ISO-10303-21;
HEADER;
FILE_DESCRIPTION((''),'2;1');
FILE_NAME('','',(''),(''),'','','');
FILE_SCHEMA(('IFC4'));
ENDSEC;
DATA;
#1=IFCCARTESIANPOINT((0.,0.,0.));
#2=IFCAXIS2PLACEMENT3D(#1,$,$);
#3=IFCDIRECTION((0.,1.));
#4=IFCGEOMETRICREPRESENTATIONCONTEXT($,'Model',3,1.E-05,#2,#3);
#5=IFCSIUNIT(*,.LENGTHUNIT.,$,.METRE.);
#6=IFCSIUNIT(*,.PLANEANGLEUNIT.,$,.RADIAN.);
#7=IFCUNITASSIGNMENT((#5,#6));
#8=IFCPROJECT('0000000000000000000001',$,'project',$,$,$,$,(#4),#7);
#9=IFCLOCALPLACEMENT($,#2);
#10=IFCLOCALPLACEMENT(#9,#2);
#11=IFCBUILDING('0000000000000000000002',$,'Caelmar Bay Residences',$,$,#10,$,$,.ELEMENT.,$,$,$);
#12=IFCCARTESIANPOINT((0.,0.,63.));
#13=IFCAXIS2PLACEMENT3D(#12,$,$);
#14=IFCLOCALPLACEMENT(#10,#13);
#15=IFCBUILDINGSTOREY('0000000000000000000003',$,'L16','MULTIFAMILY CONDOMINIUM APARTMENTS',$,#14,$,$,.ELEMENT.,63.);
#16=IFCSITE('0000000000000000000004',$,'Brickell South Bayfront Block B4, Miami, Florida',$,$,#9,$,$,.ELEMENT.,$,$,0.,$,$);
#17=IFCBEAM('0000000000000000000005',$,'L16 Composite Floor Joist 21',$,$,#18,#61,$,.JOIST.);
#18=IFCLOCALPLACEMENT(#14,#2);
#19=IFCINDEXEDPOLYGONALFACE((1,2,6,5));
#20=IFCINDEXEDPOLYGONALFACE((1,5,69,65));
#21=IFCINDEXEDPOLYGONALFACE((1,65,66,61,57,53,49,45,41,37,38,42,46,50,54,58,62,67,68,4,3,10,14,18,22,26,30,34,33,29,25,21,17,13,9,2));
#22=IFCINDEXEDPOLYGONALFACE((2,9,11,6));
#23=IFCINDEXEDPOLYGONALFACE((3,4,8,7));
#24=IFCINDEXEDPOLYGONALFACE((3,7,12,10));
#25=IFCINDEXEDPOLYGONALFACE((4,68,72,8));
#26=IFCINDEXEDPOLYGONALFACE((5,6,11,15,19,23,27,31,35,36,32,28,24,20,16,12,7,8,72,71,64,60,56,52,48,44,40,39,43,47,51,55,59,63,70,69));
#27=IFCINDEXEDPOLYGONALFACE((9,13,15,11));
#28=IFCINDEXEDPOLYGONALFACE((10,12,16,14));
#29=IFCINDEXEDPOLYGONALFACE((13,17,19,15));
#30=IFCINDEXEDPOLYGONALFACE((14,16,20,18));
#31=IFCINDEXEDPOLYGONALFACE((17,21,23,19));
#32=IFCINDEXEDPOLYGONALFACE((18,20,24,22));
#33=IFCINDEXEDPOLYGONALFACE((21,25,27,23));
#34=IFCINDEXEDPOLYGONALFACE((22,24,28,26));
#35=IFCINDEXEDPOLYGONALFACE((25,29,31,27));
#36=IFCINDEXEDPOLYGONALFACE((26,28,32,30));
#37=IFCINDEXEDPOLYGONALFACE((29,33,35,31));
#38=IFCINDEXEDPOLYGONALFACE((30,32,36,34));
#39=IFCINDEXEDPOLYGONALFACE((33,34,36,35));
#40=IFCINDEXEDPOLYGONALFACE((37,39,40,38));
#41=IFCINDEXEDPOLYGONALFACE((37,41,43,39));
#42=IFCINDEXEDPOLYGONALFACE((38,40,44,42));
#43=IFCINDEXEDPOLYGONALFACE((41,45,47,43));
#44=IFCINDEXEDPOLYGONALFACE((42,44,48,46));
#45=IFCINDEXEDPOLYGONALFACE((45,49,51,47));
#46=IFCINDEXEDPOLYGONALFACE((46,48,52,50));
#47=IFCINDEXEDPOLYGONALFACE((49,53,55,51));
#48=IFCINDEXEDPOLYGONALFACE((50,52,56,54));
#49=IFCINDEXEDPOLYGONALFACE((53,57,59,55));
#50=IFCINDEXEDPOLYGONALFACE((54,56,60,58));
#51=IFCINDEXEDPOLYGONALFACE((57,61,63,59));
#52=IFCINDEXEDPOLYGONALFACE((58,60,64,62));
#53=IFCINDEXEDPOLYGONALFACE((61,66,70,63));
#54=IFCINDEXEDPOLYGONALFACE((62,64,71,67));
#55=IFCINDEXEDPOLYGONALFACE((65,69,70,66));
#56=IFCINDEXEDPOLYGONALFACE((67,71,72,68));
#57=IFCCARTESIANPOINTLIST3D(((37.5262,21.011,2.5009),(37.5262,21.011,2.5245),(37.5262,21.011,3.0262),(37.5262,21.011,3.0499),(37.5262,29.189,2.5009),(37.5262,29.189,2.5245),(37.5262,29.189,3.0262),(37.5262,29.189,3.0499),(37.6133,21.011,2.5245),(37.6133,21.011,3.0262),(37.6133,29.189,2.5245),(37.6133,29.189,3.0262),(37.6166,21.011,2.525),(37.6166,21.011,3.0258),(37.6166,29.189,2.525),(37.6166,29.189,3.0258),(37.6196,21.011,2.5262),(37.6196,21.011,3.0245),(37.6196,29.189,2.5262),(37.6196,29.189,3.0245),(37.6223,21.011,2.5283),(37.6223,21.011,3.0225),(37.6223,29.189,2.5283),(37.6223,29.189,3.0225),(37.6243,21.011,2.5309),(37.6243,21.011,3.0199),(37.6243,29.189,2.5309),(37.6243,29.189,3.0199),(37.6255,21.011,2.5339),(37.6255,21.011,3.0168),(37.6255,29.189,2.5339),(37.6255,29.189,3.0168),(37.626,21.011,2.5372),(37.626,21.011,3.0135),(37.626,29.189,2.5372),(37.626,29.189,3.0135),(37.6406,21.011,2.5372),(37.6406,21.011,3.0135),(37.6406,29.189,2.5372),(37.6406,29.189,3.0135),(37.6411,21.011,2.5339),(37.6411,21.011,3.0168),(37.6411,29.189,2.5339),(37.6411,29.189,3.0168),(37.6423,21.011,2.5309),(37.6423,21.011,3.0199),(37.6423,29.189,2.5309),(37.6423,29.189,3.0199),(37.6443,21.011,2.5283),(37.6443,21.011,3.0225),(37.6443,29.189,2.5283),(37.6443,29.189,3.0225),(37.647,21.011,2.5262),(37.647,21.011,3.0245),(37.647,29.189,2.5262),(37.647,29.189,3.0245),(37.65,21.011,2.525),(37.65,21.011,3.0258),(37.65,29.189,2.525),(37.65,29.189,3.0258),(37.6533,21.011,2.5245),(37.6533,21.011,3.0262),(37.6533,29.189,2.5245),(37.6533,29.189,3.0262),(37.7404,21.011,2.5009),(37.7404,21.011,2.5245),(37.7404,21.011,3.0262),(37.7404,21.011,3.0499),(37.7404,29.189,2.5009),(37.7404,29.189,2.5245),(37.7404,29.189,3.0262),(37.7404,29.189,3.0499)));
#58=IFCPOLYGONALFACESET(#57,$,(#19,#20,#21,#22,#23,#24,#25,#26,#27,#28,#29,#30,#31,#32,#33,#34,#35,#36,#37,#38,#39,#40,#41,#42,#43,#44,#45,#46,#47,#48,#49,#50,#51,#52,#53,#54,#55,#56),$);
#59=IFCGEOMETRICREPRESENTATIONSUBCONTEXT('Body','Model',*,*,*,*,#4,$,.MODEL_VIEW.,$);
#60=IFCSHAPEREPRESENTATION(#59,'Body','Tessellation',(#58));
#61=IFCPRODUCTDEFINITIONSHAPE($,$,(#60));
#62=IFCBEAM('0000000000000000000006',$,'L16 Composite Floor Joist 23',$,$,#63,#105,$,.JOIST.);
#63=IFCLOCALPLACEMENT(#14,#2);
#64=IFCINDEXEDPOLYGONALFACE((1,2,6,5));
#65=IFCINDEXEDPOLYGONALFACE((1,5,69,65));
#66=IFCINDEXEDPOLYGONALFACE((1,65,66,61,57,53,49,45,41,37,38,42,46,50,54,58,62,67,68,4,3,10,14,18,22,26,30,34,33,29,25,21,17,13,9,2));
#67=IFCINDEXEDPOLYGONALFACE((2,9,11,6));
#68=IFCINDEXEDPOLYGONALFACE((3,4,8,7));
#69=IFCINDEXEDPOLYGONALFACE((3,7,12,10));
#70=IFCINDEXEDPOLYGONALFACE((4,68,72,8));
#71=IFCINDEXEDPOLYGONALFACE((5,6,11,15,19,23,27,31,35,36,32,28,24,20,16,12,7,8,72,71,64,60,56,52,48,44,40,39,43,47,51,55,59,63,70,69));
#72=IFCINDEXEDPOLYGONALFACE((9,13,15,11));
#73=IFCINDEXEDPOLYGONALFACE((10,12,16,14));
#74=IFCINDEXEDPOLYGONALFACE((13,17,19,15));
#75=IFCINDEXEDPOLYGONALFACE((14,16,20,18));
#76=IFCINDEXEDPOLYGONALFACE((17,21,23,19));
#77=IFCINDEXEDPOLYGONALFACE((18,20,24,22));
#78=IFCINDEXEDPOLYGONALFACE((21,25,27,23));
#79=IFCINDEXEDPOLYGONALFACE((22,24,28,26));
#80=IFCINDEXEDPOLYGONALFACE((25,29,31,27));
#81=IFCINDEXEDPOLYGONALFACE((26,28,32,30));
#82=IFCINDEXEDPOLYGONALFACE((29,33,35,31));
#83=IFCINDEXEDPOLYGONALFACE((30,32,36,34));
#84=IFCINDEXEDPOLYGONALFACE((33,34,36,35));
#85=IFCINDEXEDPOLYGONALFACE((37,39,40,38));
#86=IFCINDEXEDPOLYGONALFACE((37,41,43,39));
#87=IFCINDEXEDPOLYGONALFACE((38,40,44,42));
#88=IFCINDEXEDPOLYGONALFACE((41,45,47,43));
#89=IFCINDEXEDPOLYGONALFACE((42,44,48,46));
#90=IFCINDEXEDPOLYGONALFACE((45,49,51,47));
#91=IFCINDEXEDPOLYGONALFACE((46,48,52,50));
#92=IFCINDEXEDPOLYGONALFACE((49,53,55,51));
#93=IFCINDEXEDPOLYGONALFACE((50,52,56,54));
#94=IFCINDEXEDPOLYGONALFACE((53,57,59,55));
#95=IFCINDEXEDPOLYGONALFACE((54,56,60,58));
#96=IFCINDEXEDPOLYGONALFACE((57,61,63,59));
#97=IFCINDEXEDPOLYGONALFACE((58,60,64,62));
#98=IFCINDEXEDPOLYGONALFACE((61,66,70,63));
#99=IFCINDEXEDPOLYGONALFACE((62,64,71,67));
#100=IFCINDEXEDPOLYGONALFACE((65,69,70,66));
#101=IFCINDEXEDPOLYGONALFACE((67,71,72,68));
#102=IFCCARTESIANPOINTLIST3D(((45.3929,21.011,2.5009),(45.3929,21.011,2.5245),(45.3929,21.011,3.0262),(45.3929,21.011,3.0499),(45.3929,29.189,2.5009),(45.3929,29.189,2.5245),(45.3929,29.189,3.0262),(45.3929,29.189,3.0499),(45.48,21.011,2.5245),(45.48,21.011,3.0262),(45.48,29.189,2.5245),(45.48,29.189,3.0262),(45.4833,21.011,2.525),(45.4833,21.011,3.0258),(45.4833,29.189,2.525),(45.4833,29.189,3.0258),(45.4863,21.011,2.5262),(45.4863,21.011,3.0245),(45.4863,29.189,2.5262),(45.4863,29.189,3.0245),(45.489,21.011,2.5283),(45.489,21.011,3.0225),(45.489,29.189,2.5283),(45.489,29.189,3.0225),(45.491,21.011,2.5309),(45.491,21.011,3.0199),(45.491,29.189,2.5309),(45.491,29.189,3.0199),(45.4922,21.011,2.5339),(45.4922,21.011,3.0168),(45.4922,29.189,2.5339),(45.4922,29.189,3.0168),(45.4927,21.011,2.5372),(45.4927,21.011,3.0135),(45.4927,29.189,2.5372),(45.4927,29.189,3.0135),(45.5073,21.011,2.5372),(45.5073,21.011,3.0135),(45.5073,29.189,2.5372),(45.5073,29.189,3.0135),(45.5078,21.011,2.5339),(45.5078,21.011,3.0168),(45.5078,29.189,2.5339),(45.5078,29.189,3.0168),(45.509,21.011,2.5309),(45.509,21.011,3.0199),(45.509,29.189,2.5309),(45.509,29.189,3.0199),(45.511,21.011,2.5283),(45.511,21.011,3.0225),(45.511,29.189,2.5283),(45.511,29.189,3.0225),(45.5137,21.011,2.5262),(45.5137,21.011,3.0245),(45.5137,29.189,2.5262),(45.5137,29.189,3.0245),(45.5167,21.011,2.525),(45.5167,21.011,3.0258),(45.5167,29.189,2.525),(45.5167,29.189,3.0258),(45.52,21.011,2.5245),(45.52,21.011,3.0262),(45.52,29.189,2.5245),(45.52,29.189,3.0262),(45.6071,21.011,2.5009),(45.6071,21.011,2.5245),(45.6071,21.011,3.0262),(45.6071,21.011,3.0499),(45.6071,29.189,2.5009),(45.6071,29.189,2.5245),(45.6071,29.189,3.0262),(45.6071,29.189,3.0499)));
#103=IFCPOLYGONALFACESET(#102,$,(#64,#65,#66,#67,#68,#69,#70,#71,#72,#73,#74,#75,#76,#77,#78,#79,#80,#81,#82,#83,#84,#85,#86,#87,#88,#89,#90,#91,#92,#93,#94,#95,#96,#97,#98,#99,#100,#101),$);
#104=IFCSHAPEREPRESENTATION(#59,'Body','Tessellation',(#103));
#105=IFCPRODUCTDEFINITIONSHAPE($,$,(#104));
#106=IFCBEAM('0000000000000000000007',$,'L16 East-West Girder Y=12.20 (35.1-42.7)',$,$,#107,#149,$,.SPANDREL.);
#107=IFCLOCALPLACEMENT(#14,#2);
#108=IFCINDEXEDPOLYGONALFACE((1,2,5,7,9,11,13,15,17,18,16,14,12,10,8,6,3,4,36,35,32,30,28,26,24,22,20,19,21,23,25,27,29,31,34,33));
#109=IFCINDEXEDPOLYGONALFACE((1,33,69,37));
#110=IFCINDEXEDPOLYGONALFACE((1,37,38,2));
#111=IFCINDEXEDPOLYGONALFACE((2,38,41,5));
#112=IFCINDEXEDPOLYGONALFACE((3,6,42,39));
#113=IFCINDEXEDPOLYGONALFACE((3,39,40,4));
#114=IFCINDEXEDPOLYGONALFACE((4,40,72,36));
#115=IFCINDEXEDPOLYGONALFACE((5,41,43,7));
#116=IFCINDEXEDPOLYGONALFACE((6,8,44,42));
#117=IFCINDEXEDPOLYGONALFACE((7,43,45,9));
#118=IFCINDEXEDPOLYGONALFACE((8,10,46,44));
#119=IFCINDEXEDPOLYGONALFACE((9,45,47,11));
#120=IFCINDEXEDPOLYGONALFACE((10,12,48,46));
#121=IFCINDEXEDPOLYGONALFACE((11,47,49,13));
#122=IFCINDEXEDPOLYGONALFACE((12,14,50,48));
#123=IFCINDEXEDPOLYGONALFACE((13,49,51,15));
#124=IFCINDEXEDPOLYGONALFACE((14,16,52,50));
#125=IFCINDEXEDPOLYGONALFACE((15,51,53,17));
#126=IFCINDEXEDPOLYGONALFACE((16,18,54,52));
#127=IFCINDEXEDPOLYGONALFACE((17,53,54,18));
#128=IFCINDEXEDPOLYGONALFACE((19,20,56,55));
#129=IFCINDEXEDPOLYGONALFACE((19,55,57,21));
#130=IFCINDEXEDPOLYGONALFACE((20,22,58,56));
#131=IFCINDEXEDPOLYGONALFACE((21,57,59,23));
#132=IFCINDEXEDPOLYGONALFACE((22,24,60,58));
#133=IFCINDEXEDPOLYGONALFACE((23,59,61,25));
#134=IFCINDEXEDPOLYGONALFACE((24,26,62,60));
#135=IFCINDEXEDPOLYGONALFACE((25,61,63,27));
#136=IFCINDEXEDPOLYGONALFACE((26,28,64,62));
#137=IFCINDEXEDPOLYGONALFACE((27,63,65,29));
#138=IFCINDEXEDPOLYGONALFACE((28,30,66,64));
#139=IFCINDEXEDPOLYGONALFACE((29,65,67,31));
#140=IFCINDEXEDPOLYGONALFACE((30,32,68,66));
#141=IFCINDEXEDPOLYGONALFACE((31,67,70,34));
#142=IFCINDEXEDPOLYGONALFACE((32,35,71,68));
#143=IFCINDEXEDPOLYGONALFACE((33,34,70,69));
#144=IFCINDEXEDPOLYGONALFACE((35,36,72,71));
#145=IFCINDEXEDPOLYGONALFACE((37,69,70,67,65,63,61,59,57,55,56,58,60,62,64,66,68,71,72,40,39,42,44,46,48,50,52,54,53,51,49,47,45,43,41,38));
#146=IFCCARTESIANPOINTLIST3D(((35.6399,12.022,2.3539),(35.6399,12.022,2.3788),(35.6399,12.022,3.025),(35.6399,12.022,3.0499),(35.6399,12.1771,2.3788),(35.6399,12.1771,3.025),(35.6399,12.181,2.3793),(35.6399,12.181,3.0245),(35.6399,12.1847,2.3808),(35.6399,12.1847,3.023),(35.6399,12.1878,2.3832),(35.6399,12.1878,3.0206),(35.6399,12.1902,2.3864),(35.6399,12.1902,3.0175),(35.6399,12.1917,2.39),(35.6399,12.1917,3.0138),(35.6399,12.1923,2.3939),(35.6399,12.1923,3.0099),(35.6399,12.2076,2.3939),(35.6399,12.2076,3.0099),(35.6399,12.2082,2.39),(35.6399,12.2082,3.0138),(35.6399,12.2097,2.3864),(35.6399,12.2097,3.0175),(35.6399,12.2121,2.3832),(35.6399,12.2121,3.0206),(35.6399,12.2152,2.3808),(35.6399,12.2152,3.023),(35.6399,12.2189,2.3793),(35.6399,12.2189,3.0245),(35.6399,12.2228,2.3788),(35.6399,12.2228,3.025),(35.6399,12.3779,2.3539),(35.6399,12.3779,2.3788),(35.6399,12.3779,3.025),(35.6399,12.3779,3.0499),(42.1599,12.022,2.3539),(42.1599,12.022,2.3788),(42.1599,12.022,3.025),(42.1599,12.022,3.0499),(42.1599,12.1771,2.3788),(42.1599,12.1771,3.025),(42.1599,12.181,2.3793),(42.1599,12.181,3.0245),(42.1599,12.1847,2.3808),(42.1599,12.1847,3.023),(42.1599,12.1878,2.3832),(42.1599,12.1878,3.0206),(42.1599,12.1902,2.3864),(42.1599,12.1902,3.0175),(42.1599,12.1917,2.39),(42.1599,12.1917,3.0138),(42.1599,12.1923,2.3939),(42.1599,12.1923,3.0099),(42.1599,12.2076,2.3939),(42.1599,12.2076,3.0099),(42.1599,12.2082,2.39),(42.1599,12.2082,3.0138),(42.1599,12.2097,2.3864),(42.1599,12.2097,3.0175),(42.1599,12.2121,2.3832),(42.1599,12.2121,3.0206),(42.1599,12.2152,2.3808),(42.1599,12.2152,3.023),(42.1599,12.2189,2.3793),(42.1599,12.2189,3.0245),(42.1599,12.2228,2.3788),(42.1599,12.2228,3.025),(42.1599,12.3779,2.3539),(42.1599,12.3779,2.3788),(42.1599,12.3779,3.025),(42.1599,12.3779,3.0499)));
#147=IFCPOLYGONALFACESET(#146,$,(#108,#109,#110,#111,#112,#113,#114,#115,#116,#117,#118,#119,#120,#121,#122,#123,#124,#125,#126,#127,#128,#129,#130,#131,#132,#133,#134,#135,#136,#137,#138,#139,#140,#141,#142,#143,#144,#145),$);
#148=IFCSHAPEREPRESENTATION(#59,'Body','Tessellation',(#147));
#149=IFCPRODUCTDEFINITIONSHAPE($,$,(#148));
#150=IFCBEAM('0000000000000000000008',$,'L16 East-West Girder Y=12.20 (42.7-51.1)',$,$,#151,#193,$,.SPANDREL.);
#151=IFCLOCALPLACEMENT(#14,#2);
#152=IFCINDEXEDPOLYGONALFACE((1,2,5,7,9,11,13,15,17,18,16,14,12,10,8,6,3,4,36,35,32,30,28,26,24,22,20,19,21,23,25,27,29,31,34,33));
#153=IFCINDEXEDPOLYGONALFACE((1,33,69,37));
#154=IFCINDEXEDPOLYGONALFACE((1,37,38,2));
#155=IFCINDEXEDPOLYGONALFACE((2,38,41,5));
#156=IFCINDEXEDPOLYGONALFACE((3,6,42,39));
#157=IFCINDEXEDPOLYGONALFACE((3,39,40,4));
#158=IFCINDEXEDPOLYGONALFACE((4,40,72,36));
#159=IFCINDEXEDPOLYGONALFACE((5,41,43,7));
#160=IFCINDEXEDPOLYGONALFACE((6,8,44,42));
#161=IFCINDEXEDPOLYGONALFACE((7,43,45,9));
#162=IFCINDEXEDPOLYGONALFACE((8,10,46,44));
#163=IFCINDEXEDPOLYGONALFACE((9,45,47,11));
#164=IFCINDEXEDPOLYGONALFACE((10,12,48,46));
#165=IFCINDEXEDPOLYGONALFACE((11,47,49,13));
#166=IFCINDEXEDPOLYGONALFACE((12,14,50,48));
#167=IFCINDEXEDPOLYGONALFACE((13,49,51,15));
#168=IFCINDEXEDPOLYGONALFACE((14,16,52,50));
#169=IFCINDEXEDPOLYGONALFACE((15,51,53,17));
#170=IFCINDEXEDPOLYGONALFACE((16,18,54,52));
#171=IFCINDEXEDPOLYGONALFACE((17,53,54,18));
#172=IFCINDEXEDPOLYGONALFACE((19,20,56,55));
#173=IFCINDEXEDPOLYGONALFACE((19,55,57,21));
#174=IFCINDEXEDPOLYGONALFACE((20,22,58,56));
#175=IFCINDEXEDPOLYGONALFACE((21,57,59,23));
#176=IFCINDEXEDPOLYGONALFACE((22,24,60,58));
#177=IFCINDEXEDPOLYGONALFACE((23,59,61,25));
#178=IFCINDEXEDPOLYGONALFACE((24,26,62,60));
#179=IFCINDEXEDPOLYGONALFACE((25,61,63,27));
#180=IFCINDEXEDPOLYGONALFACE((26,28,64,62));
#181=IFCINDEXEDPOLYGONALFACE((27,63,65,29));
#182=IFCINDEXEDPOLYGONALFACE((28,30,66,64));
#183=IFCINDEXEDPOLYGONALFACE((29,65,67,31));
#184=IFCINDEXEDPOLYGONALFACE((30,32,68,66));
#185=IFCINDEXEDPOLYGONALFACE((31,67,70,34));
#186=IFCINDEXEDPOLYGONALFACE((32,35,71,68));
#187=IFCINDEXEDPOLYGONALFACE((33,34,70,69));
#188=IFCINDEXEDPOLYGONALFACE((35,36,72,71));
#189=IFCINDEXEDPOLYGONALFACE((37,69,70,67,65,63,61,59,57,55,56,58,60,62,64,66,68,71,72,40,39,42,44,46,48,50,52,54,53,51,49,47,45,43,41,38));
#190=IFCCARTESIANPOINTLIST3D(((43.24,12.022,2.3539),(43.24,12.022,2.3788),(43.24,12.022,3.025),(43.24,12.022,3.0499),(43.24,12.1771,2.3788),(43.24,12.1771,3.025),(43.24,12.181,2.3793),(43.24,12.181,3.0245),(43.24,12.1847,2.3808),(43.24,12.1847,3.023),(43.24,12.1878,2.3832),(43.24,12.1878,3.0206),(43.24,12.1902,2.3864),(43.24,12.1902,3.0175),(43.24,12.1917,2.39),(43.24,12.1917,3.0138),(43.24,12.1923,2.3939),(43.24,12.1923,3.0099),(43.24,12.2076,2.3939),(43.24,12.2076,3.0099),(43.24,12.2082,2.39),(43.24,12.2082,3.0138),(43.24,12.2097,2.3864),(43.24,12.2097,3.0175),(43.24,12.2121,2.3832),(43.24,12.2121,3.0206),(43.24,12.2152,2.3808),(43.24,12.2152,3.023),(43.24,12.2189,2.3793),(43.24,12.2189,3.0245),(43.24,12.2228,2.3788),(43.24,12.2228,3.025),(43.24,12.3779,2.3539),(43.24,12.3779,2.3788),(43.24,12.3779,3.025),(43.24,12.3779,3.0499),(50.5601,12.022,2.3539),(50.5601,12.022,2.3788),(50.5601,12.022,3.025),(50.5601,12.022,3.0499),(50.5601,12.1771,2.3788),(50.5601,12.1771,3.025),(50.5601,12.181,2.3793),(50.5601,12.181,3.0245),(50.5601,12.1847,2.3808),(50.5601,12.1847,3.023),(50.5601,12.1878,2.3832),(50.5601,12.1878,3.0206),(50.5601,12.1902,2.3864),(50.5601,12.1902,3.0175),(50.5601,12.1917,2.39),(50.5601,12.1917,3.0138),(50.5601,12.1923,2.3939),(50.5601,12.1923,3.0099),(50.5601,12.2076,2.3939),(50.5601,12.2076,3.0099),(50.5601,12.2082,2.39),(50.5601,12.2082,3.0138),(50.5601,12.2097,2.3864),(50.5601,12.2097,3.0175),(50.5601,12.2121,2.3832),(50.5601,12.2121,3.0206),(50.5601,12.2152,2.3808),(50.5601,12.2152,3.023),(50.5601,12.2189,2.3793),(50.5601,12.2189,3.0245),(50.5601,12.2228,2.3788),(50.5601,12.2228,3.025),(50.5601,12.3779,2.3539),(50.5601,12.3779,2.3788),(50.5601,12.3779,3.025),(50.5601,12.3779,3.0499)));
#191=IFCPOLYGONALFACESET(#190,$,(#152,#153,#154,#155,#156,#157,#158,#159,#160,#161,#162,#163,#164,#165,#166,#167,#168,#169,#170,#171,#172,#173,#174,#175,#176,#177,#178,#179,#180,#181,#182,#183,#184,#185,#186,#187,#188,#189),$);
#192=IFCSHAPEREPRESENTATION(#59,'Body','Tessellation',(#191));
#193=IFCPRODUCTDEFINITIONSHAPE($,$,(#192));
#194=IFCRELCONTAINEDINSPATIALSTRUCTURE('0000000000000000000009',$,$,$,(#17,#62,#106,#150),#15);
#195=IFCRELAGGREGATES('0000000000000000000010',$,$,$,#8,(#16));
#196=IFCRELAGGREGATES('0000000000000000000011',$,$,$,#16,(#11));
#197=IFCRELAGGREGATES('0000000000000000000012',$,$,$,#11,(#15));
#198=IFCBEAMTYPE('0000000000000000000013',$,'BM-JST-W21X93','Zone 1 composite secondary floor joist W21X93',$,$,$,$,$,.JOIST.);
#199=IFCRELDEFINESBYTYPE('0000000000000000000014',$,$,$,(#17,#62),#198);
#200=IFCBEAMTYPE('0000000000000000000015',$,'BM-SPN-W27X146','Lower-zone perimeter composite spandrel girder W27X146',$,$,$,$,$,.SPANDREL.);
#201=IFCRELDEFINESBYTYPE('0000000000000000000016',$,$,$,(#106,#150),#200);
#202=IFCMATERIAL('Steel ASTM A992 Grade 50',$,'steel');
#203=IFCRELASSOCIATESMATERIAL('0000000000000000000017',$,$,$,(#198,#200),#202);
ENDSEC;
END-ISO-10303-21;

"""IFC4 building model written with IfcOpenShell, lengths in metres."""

from ifc_helpers import new_model, si_unit, direction, frame, origin, origin_2d, place, context, subcontext, project, spatial, i_section, extrude, material, material_profile, profile_set, type_object, element, save


model = new_model("IFC4")

# Units and contexts
model_context = context("Model", 3, precision=1e-05, world=origin(), true_north=direction((0.0, 1.0)))
body_context = subcontext(model_context, "Body", "Model", "MODEL_VIEW")
ifc_project = project(units=[si_unit("LENGTHUNIT", "METRE"), si_unit("PLANEANGLEUNIT", "RADIAN")], contexts=[model_context])

# Site, building, storey
site_placement = place(None, origin())
site = spatial("IfcSite", under=ifc_project, at=site_placement, Name="Brickell South Bayfront Block B4, Miami, Florida", CompositionType="ELEMENT", RefElevation=0.0)
building_placement = place(site_placement, origin())
building = spatial("IfcBuilding", under=site, at=building_placement, Name="Caelmar Bay Residences", CompositionType="ELEMENT")
storey_placement = place(building_placement, frame((0.0, 0.0, 63.0)))
storey = spatial("IfcBuildingStorey", under=building, at=storey_placement, Name="L16", Description="MULTIFAMILY CONDOMINIUM APARTMENTS", CompositionType="ELEMENT", Elevation=63.0)

# Beams
ifc_material_1 = material(Name="Steel ASTM A992 Grade 50", Category="steel")
ifc_material_profile_1 = material_profile(ifc_material_1, i_section(OverallWidth=0.2141, OverallDepth=0.5491, WebThickness=0.0146, FlangeThickness=0.0237, FilletRadius=0.0127, at=origin_2d()), Name="W21X93")
ifc_profile_set_1 = profile_set([ifc_material_profile_1], Name="Steel ASTM A992 Grade 50")
beam_type_1 = type_object("IfcBeamType", Name="BM-JST-W21X93", Description="Zone 1 composite secondary floor joist W21X93", PredefinedType="JOIST", material=ifc_profile_set_1)
for number, where, z_axis, x_axis, name in (
    (1, (37.6333, 21.011, 2.7754), (0.0, 1.0, 0.0), (-1.0, 0.0, 0.0), "L16 Composite Floor Joist 21"),
    (2, (45.5, 21.011, 2.7754), (0.0, 1.0, 0.0), (-1.0, 0.0, 0.0), "L16 Composite Floor Joist 23"),
):
    element("IfcBeam", number, at=place(storey_placement, frame(where, z_axis=z_axis, x_axis=x_axis)), inside=storey, type_object=beam_type_1, Name=name, PredefinedType="JOIST", context=body_context, shape_type="SweptSolid", body=[
        extrude(i_section(OverallWidth=0.2141, OverallDepth=0.5491, WebThickness=0.0146, FlangeThickness=0.0237, FilletRadius=0.0127, at=origin_2d()), origin(), (0.0, 0.0, 1.0), 8.178),
    ])
ifc_material_profile_2 = material_profile(ifc_material_1, i_section(OverallWidth=0.356, OverallDepth=0.696, WebThickness=0.0154, FlangeThickness=0.0249, FilletRadius=0.0151, at=origin_2d()), Name="W27X146")
ifc_profile_set_2 = profile_set([ifc_material_profile_2], Name="Steel ASTM A992 Grade 50")
beam_type_2 = type_object("IfcBeamType", Name="BM-SPN-W27X146", Description="Lower-zone perimeter composite spandrel girder W27X146", PredefinedType="SPANDREL", material=ifc_profile_set_2)
beam_1_placement = place(storey_placement, frame((35.6399, 12.2, 2.7019), z_axis=(1.0, 0.0, 0.0), x_axis=(0.0, 1.0, 0.0)))
element("IfcBeam", 3, at=beam_1_placement, inside=storey, type_object=beam_type_2, Name="L16 East-West Girder Y=12.20 (35.1-42.7)", PredefinedType="SPANDREL", context=body_context, shape_type="SweptSolid", body=[
    extrude(i_section(OverallWidth=0.356, OverallDepth=0.696, WebThickness=0.0154, FlangeThickness=0.0249, FilletRadius=0.0151, at=origin_2d()), origin(), (0.0, 0.0, 1.0), 6.52),
])
beam_2_placement = place(storey_placement, frame((43.24, 12.2, 2.7019), z_axis=(1.0, 0.0, 0.0), x_axis=(0.0, 1.0, 0.0)))
element("IfcBeam", 4, at=beam_2_placement, inside=storey, type_object=beam_type_2, Name="L16 East-West Girder Y=12.20 (42.7-51.1)", PredefinedType="SPANDREL", context=body_context, shape_type="SweptSolid", body=[
    extrude(i_section(OverallWidth=0.356, OverallDepth=0.696, WebThickness=0.0154, FlangeThickness=0.0249, FilletRadius=0.0151, at=origin_2d()), origin(), (0.0, 0.0, 1.0), 7.3201),
])

save(model, "model.ifc")
